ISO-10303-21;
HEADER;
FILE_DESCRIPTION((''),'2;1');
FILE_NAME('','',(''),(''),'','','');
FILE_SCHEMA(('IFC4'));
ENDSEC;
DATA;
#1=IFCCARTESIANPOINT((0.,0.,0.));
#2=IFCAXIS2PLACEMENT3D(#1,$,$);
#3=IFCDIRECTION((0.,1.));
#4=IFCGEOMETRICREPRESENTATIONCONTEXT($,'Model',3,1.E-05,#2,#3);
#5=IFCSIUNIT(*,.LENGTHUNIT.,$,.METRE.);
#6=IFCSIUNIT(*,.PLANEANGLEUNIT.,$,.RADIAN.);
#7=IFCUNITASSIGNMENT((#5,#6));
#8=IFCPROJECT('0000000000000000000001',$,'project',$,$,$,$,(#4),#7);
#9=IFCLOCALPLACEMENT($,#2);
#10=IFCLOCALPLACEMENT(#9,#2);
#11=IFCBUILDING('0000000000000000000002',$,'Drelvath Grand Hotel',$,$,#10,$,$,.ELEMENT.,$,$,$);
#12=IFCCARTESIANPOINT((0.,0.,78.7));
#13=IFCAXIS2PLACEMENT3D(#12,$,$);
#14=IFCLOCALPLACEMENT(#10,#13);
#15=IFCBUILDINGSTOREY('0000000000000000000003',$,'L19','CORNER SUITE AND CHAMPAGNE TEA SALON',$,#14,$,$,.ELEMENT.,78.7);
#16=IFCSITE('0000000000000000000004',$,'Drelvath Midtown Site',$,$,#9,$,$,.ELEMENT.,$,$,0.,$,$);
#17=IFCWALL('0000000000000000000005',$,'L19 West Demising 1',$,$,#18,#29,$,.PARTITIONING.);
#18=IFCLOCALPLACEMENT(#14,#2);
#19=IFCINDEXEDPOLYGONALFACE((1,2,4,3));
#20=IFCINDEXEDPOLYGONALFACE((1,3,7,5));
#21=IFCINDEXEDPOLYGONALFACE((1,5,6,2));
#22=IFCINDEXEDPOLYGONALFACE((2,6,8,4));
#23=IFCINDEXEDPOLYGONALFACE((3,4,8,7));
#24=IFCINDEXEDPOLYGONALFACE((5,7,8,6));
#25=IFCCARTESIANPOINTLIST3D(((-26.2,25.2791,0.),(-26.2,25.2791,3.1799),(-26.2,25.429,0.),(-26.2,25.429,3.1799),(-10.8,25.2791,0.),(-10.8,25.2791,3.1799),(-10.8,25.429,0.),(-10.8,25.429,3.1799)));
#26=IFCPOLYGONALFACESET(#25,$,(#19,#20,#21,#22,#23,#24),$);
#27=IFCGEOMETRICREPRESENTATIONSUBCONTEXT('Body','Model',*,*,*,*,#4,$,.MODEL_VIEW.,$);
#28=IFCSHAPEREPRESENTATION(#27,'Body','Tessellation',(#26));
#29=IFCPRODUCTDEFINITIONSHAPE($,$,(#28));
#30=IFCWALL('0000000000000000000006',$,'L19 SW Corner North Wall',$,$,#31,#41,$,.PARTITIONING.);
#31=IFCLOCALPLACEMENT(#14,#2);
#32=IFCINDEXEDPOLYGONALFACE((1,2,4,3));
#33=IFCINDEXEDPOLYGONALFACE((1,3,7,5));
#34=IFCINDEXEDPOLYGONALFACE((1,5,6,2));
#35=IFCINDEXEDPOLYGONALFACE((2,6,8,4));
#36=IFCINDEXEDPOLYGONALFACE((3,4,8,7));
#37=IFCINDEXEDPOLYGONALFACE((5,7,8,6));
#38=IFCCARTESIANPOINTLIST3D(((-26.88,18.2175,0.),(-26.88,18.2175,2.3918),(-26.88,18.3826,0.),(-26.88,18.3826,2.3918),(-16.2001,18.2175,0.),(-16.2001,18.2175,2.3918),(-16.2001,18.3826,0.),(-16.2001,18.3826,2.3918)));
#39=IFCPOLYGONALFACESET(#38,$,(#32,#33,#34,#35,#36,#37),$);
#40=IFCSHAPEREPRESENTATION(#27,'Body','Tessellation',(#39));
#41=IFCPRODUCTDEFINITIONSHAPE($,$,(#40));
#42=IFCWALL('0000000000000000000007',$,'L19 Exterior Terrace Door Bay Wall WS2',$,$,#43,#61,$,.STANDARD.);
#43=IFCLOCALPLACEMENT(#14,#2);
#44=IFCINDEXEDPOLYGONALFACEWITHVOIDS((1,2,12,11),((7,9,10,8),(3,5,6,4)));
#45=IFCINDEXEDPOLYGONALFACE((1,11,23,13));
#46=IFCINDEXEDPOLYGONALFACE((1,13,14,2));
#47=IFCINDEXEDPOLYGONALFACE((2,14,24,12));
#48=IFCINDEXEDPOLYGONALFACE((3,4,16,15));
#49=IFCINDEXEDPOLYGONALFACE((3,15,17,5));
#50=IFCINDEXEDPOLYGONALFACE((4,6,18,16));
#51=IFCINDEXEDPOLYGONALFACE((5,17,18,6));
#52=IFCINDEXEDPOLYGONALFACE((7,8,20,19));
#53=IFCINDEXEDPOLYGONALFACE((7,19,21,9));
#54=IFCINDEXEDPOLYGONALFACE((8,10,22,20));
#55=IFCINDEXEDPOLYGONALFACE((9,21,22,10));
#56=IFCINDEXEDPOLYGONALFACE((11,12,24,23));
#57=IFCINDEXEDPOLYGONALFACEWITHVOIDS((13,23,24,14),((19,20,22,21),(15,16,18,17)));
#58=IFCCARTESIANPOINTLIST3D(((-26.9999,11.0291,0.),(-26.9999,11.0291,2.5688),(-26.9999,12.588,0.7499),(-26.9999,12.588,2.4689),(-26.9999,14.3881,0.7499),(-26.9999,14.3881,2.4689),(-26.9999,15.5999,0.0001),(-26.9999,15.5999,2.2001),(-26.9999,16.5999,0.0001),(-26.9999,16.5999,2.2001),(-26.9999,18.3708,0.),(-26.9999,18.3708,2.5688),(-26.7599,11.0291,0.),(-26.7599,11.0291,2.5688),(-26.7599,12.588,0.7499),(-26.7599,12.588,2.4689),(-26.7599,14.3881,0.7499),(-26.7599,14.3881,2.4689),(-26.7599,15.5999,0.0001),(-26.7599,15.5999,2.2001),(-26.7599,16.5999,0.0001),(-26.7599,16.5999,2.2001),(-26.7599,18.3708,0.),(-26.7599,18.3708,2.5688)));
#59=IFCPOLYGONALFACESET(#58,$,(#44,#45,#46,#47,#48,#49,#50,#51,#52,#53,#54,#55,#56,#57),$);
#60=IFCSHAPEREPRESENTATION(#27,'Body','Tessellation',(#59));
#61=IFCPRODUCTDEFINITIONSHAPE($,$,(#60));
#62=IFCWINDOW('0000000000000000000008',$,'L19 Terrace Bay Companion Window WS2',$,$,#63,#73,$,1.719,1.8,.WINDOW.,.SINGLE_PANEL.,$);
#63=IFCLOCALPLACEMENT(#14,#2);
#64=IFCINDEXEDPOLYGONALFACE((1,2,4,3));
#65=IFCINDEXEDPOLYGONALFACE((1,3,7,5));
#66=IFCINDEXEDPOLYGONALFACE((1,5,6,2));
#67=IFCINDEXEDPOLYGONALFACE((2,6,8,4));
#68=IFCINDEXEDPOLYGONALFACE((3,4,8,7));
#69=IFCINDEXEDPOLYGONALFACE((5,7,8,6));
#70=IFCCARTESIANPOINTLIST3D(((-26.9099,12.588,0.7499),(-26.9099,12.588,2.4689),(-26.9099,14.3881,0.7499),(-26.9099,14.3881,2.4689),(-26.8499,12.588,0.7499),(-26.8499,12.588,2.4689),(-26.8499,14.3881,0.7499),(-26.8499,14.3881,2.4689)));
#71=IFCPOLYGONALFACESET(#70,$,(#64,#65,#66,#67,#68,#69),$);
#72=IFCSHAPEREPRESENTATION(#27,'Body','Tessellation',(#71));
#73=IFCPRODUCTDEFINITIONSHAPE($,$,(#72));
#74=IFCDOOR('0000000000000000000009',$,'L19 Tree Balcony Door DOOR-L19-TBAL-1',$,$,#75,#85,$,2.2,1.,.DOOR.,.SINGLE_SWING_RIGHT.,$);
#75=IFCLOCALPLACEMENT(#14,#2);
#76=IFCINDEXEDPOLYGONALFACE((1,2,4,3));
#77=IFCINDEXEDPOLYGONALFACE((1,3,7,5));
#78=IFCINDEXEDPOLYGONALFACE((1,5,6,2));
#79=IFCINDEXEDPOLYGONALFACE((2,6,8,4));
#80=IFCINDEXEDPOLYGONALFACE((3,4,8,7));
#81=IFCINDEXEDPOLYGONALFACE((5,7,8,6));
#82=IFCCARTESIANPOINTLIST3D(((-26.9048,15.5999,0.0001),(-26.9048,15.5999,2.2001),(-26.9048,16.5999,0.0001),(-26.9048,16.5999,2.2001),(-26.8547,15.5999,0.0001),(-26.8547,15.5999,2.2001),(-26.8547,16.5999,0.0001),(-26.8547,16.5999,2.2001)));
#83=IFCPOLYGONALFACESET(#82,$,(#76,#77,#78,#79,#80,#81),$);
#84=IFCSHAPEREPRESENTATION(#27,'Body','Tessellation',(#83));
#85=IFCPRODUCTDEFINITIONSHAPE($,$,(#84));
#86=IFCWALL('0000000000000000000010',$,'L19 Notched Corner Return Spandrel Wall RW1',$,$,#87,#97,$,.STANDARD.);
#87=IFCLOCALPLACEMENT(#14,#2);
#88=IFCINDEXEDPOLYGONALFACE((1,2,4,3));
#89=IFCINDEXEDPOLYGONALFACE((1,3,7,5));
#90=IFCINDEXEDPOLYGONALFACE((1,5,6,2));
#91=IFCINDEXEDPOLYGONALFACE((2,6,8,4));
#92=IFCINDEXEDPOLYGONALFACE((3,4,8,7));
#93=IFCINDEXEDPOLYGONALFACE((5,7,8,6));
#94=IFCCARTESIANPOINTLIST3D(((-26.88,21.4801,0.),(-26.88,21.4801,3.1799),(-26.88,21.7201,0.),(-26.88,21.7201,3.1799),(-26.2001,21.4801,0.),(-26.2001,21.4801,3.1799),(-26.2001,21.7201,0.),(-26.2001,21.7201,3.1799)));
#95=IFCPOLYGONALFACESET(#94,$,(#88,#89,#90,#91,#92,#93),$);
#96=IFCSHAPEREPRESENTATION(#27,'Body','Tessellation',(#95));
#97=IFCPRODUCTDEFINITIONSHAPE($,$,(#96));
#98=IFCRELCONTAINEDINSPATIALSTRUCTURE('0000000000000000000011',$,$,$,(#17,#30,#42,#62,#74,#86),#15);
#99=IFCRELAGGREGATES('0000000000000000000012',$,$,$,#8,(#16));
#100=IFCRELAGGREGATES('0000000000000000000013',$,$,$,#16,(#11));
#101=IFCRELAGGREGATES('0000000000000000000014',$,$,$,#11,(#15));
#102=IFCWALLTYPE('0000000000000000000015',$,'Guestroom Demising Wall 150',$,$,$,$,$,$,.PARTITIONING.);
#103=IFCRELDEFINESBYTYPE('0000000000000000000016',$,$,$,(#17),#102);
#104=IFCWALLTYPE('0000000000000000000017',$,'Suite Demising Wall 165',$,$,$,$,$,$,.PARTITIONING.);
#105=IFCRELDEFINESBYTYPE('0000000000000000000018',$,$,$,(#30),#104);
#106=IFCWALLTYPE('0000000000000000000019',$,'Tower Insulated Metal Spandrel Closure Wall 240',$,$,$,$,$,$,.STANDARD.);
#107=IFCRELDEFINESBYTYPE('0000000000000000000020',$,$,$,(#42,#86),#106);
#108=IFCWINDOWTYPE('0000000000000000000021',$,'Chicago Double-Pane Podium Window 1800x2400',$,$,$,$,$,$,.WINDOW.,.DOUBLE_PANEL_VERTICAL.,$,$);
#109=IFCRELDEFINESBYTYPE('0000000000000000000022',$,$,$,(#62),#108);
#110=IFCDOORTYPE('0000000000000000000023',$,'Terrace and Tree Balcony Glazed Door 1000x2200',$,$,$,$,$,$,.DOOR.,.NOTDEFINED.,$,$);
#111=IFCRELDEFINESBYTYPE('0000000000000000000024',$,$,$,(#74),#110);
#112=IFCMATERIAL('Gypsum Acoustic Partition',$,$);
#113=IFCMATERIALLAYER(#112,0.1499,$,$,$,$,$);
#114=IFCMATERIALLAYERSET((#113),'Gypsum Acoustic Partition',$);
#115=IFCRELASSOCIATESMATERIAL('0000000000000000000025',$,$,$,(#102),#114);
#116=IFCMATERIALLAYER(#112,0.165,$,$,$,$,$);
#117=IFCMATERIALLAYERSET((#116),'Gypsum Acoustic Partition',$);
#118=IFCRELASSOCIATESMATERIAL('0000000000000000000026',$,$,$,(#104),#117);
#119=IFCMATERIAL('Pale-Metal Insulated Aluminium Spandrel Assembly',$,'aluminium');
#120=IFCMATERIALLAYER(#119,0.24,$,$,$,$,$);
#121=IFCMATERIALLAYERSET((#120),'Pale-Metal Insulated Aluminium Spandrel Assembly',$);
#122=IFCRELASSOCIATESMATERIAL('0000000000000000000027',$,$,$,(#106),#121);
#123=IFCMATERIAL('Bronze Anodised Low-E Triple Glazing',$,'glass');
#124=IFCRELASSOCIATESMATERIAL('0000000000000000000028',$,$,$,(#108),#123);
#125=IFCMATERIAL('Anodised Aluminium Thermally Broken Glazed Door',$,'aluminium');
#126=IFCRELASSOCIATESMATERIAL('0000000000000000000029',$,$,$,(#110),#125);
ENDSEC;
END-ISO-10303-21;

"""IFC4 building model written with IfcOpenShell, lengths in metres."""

from ifc_helpers import new_model, si_unit, direction, frame, frame_2d, origin, place, context, subcontext, project, spatial, rectangle, extrude, material, layer, layer_set, type_object, element, fill, save


model = new_model("IFC4")

# Units and contexts
model_context = context("Model", 3, precision=1e-05, world=origin(), true_north=direction((0.0, 1.0)))
body_context = subcontext(model_context, "Body", "Model", "MODEL_VIEW")
ifc_project = project(units=[si_unit("LENGTHUNIT", "METRE"), si_unit("PLANEANGLEUNIT", "RADIAN")], contexts=[model_context])

# Site, building, storey
site_placement = place(None, origin())
site = spatial("IfcSite", under=ifc_project, at=site_placement, Name="Drelvath Midtown Site", CompositionType="ELEMENT", RefElevation=0.0)
building_placement = place(site_placement, origin())
building = spatial("IfcBuilding", under=site, at=building_placement, Name="Drelvath Grand Hotel", CompositionType="ELEMENT")
storey_placement = place(building_placement, frame((0.0, 0.0, 78.7)))
storey = spatial("IfcBuildingStorey", under=building, at=storey_placement, Name="L19", Description="CORNER SUITE AND CHAMPAGNE TEA SALON", CompositionType="ELEMENT", Elevation=78.7)

# Walls
ifc_material_1 = material(Name="Gypsum Acoustic Partition")
ifc_layer_1 = layer(ifc_material_1, 0.1499)
ifc_layer_set_1 = layer_set([ifc_layer_1], Name="Gypsum Acoustic Partition")
wall_type_1 = type_object("IfcWallType", Name="Guestroom Demising Wall 150", PredefinedType="PARTITIONING", material=ifc_layer_set_1)
wall_1_placement = place(storey_placement, frame((-26.2, 25.354, 0.0), z_axis=(0.0, 0.0, 1.0), x_axis=(1.0, 0.0, 0.0)))
element("IfcWall", 1, at=wall_1_placement, inside=storey, type_object=wall_type_1, Name="L19 West Demising 1", PredefinedType="PARTITIONING", context=body_context, shape_type="SweptSolid", body=[
    extrude(rectangle(XDim=15.3999, YDim=0.1499, at=frame_2d((7.7, 0.0))), origin(), (0.0, 0.0, 1.0), 3.1799),
])
ifc_layer_2 = layer(ifc_material_1, 0.165)
ifc_layer_set_2 = layer_set([ifc_layer_2], Name="Gypsum Acoustic Partition")
wall_type_2 = type_object("IfcWallType", Name="Suite Demising Wall 165", PredefinedType="PARTITIONING", material=ifc_layer_set_2)
wall_2_placement = place(storey_placement, frame((-26.8799, 18.3, 0.0), z_axis=(0.0, 0.0, 1.0), x_axis=(1.0, 0.0, 0.0)))
element("IfcWall", 2, at=wall_2_placement, inside=storey, type_object=wall_type_2, Name="L19 SW Corner North Wall", PredefinedType="PARTITIONING", context=body_context, shape_type="SweptSolid", body=[
    extrude(rectangle(XDim=10.6799, YDim=0.165, at=frame_2d((5.3398, 0.0))), origin(), (0.0, 0.0, 1.0), 2.3918),
])

# Wall, openings, window, door
ifc_material_2 = material(Name="Pale-Metal Insulated Aluminium Spandrel Assembly", Category="aluminium")
ifc_layer_3 = layer(ifc_material_2, 0.24)
ifc_layer_set_3 = layer_set([ifc_layer_3], Name="Pale-Metal Insulated Aluminium Spandrel Assembly")
wall_type_3 = type_object("IfcWallType", Name="Tower Insulated Metal Spandrel Closure Wall 240", PredefinedType="STANDARD", material=ifc_layer_set_3)
wall_3_placement = place(storey_placement, frame((-26.8799, 11.0291, 0.0), z_axis=(0.0, 0.0, 1.0), x_axis=(0.0, 1.0, 0.0)))
wall_3 = element("IfcWall", 3, at=wall_3_placement, inside=storey, type_object=wall_type_3, Name="L19 Exterior Terrace Door Bay Wall WS2", PredefinedType="STANDARD", context=body_context, shape_type="SweptSolid", body=[
    extrude(rectangle(XDim=7.3418, YDim=0.24, at=frame_2d((3.6709, 0.0))), origin(), (0.0, 0.0, 1.0), 2.5688),
])
opening_1_placement = place(wall_3_placement, frame((4.5708, 0.0, 0.0)))
opening_1 = element("IfcOpeningElement", 4, at=opening_1_placement, cuts=wall_3, PredefinedType="OPENING", context=body_context, shape_type="SweptSolid", body=[
    extrude(rectangle(XDim=1.0, YDim=2.2, at=frame_2d((0.5, 1.1001))), frame((0.0, 0.1299, 0.0), z_axis=(0.0, -1.0, 0.0), x_axis=(1.0, 0.0, 0.0)), (0.0, 0.0, 1.0), 0.26),
])
opening_2_placement = place(wall_3_placement, frame((1.5591, 0.0, 0.75)))
opening_2 = element("IfcOpeningElement", 5, at=opening_2_placement, cuts=wall_3, PredefinedType="OPENING", context=body_context, shape_type="SweptSolid", body=[
    extrude(rectangle(XDim=1.8, YDim=1.719, at=frame_2d((0.8999, 0.8594))), frame((0.0, 0.1299, 0.0), z_axis=(0.0, -1.0, 0.0), x_axis=(1.0, 0.0, 0.0)), (0.0, 0.0, 1.0), 0.26),
])
ifc_material_3 = material(Name="Bronze Anodised Low-E Triple Glazing", Category="glass")
window_type = type_object("IfcWindowType", Name="Chicago Double-Pane Podium Window 1800x2400", PartitioningType="DOUBLE_PANEL_VERTICAL", PredefinedType="WINDOW", material=ifc_material_3)
window_placement = place(opening_2_placement, origin())
window = element("IfcWindow", 6, at=window_placement, inside=storey, type_object=window_type, Name="L19 Terrace Bay Companion Window WS2", OverallHeight=1.719, OverallWidth=1.8, PartitioningType="SINGLE_PANEL", PredefinedType="WINDOW", context=body_context, shape_type="SweptSolid", body=[
    extrude(rectangle(XDim=1.8, YDim=1.719, at=frame_2d((0.8999, 0.8594))), frame((0.0, 0.03, 0.0), z_axis=(0.0, -1.0, 0.0), x_axis=(1.0, 0.0, 0.0)), (0.0, 0.0, 1.0), 0.0601),
])
fill(opening_2, window)
ifc_material_4 = material(Name="Anodised Aluminium Thermally Broken Glazed Door", Category="aluminium")
door_type_1 = type_object("IfcDoorType", Name="Terrace and Tree Balcony Glazed Door 1000x2200", OperationType="NOTDEFINED", PredefinedType="DOOR", material=ifc_material_4)
door_1_placement = place(opening_1_placement, origin())
door_1 = element("IfcDoor", 7, at=door_1_placement, inside=storey, type_object=door_type_1, Name="L19 Tree Balcony Door DOOR-L19-TBAL-1", OperationType="SINGLE_SWING_RIGHT", OverallHeight=2.2, OverallWidth=1.0, PredefinedType="DOOR", context=body_context, shape_type="SweptSolid", body=[
    extrude(rectangle(XDim=1.0, YDim=2.2, at=frame_2d((0.5, 1.1001))), frame((0.0, 0.0249, 0.0), z_axis=(0.0, -1.0, 0.0), x_axis=(1.0, 0.0, 0.0)), (0.0, 0.0, 1.0), 0.05),
])
fill(opening_1, door_1)

# Wall
wall_4_placement = place(storey_placement, frame((-26.8799, 21.6001, 0.0), z_axis=(0.0, 0.0, 1.0), x_axis=(1.0, 0.0, 0.0)))
element("IfcWall", 8, at=wall_4_placement, inside=storey, type_object=wall_type_3, Name="L19 Notched Corner Return Spandrel Wall RW1", PredefinedType="STANDARD", context=body_context, shape_type="SweptSolid", body=[
    extrude(rectangle(XDim=0.6799, YDim=0.24, at=frame_2d((0.3398, 0.0))), origin(), (0.0, 0.0, 1.0), 3.1799),
])

save(model, "model.ifc")
